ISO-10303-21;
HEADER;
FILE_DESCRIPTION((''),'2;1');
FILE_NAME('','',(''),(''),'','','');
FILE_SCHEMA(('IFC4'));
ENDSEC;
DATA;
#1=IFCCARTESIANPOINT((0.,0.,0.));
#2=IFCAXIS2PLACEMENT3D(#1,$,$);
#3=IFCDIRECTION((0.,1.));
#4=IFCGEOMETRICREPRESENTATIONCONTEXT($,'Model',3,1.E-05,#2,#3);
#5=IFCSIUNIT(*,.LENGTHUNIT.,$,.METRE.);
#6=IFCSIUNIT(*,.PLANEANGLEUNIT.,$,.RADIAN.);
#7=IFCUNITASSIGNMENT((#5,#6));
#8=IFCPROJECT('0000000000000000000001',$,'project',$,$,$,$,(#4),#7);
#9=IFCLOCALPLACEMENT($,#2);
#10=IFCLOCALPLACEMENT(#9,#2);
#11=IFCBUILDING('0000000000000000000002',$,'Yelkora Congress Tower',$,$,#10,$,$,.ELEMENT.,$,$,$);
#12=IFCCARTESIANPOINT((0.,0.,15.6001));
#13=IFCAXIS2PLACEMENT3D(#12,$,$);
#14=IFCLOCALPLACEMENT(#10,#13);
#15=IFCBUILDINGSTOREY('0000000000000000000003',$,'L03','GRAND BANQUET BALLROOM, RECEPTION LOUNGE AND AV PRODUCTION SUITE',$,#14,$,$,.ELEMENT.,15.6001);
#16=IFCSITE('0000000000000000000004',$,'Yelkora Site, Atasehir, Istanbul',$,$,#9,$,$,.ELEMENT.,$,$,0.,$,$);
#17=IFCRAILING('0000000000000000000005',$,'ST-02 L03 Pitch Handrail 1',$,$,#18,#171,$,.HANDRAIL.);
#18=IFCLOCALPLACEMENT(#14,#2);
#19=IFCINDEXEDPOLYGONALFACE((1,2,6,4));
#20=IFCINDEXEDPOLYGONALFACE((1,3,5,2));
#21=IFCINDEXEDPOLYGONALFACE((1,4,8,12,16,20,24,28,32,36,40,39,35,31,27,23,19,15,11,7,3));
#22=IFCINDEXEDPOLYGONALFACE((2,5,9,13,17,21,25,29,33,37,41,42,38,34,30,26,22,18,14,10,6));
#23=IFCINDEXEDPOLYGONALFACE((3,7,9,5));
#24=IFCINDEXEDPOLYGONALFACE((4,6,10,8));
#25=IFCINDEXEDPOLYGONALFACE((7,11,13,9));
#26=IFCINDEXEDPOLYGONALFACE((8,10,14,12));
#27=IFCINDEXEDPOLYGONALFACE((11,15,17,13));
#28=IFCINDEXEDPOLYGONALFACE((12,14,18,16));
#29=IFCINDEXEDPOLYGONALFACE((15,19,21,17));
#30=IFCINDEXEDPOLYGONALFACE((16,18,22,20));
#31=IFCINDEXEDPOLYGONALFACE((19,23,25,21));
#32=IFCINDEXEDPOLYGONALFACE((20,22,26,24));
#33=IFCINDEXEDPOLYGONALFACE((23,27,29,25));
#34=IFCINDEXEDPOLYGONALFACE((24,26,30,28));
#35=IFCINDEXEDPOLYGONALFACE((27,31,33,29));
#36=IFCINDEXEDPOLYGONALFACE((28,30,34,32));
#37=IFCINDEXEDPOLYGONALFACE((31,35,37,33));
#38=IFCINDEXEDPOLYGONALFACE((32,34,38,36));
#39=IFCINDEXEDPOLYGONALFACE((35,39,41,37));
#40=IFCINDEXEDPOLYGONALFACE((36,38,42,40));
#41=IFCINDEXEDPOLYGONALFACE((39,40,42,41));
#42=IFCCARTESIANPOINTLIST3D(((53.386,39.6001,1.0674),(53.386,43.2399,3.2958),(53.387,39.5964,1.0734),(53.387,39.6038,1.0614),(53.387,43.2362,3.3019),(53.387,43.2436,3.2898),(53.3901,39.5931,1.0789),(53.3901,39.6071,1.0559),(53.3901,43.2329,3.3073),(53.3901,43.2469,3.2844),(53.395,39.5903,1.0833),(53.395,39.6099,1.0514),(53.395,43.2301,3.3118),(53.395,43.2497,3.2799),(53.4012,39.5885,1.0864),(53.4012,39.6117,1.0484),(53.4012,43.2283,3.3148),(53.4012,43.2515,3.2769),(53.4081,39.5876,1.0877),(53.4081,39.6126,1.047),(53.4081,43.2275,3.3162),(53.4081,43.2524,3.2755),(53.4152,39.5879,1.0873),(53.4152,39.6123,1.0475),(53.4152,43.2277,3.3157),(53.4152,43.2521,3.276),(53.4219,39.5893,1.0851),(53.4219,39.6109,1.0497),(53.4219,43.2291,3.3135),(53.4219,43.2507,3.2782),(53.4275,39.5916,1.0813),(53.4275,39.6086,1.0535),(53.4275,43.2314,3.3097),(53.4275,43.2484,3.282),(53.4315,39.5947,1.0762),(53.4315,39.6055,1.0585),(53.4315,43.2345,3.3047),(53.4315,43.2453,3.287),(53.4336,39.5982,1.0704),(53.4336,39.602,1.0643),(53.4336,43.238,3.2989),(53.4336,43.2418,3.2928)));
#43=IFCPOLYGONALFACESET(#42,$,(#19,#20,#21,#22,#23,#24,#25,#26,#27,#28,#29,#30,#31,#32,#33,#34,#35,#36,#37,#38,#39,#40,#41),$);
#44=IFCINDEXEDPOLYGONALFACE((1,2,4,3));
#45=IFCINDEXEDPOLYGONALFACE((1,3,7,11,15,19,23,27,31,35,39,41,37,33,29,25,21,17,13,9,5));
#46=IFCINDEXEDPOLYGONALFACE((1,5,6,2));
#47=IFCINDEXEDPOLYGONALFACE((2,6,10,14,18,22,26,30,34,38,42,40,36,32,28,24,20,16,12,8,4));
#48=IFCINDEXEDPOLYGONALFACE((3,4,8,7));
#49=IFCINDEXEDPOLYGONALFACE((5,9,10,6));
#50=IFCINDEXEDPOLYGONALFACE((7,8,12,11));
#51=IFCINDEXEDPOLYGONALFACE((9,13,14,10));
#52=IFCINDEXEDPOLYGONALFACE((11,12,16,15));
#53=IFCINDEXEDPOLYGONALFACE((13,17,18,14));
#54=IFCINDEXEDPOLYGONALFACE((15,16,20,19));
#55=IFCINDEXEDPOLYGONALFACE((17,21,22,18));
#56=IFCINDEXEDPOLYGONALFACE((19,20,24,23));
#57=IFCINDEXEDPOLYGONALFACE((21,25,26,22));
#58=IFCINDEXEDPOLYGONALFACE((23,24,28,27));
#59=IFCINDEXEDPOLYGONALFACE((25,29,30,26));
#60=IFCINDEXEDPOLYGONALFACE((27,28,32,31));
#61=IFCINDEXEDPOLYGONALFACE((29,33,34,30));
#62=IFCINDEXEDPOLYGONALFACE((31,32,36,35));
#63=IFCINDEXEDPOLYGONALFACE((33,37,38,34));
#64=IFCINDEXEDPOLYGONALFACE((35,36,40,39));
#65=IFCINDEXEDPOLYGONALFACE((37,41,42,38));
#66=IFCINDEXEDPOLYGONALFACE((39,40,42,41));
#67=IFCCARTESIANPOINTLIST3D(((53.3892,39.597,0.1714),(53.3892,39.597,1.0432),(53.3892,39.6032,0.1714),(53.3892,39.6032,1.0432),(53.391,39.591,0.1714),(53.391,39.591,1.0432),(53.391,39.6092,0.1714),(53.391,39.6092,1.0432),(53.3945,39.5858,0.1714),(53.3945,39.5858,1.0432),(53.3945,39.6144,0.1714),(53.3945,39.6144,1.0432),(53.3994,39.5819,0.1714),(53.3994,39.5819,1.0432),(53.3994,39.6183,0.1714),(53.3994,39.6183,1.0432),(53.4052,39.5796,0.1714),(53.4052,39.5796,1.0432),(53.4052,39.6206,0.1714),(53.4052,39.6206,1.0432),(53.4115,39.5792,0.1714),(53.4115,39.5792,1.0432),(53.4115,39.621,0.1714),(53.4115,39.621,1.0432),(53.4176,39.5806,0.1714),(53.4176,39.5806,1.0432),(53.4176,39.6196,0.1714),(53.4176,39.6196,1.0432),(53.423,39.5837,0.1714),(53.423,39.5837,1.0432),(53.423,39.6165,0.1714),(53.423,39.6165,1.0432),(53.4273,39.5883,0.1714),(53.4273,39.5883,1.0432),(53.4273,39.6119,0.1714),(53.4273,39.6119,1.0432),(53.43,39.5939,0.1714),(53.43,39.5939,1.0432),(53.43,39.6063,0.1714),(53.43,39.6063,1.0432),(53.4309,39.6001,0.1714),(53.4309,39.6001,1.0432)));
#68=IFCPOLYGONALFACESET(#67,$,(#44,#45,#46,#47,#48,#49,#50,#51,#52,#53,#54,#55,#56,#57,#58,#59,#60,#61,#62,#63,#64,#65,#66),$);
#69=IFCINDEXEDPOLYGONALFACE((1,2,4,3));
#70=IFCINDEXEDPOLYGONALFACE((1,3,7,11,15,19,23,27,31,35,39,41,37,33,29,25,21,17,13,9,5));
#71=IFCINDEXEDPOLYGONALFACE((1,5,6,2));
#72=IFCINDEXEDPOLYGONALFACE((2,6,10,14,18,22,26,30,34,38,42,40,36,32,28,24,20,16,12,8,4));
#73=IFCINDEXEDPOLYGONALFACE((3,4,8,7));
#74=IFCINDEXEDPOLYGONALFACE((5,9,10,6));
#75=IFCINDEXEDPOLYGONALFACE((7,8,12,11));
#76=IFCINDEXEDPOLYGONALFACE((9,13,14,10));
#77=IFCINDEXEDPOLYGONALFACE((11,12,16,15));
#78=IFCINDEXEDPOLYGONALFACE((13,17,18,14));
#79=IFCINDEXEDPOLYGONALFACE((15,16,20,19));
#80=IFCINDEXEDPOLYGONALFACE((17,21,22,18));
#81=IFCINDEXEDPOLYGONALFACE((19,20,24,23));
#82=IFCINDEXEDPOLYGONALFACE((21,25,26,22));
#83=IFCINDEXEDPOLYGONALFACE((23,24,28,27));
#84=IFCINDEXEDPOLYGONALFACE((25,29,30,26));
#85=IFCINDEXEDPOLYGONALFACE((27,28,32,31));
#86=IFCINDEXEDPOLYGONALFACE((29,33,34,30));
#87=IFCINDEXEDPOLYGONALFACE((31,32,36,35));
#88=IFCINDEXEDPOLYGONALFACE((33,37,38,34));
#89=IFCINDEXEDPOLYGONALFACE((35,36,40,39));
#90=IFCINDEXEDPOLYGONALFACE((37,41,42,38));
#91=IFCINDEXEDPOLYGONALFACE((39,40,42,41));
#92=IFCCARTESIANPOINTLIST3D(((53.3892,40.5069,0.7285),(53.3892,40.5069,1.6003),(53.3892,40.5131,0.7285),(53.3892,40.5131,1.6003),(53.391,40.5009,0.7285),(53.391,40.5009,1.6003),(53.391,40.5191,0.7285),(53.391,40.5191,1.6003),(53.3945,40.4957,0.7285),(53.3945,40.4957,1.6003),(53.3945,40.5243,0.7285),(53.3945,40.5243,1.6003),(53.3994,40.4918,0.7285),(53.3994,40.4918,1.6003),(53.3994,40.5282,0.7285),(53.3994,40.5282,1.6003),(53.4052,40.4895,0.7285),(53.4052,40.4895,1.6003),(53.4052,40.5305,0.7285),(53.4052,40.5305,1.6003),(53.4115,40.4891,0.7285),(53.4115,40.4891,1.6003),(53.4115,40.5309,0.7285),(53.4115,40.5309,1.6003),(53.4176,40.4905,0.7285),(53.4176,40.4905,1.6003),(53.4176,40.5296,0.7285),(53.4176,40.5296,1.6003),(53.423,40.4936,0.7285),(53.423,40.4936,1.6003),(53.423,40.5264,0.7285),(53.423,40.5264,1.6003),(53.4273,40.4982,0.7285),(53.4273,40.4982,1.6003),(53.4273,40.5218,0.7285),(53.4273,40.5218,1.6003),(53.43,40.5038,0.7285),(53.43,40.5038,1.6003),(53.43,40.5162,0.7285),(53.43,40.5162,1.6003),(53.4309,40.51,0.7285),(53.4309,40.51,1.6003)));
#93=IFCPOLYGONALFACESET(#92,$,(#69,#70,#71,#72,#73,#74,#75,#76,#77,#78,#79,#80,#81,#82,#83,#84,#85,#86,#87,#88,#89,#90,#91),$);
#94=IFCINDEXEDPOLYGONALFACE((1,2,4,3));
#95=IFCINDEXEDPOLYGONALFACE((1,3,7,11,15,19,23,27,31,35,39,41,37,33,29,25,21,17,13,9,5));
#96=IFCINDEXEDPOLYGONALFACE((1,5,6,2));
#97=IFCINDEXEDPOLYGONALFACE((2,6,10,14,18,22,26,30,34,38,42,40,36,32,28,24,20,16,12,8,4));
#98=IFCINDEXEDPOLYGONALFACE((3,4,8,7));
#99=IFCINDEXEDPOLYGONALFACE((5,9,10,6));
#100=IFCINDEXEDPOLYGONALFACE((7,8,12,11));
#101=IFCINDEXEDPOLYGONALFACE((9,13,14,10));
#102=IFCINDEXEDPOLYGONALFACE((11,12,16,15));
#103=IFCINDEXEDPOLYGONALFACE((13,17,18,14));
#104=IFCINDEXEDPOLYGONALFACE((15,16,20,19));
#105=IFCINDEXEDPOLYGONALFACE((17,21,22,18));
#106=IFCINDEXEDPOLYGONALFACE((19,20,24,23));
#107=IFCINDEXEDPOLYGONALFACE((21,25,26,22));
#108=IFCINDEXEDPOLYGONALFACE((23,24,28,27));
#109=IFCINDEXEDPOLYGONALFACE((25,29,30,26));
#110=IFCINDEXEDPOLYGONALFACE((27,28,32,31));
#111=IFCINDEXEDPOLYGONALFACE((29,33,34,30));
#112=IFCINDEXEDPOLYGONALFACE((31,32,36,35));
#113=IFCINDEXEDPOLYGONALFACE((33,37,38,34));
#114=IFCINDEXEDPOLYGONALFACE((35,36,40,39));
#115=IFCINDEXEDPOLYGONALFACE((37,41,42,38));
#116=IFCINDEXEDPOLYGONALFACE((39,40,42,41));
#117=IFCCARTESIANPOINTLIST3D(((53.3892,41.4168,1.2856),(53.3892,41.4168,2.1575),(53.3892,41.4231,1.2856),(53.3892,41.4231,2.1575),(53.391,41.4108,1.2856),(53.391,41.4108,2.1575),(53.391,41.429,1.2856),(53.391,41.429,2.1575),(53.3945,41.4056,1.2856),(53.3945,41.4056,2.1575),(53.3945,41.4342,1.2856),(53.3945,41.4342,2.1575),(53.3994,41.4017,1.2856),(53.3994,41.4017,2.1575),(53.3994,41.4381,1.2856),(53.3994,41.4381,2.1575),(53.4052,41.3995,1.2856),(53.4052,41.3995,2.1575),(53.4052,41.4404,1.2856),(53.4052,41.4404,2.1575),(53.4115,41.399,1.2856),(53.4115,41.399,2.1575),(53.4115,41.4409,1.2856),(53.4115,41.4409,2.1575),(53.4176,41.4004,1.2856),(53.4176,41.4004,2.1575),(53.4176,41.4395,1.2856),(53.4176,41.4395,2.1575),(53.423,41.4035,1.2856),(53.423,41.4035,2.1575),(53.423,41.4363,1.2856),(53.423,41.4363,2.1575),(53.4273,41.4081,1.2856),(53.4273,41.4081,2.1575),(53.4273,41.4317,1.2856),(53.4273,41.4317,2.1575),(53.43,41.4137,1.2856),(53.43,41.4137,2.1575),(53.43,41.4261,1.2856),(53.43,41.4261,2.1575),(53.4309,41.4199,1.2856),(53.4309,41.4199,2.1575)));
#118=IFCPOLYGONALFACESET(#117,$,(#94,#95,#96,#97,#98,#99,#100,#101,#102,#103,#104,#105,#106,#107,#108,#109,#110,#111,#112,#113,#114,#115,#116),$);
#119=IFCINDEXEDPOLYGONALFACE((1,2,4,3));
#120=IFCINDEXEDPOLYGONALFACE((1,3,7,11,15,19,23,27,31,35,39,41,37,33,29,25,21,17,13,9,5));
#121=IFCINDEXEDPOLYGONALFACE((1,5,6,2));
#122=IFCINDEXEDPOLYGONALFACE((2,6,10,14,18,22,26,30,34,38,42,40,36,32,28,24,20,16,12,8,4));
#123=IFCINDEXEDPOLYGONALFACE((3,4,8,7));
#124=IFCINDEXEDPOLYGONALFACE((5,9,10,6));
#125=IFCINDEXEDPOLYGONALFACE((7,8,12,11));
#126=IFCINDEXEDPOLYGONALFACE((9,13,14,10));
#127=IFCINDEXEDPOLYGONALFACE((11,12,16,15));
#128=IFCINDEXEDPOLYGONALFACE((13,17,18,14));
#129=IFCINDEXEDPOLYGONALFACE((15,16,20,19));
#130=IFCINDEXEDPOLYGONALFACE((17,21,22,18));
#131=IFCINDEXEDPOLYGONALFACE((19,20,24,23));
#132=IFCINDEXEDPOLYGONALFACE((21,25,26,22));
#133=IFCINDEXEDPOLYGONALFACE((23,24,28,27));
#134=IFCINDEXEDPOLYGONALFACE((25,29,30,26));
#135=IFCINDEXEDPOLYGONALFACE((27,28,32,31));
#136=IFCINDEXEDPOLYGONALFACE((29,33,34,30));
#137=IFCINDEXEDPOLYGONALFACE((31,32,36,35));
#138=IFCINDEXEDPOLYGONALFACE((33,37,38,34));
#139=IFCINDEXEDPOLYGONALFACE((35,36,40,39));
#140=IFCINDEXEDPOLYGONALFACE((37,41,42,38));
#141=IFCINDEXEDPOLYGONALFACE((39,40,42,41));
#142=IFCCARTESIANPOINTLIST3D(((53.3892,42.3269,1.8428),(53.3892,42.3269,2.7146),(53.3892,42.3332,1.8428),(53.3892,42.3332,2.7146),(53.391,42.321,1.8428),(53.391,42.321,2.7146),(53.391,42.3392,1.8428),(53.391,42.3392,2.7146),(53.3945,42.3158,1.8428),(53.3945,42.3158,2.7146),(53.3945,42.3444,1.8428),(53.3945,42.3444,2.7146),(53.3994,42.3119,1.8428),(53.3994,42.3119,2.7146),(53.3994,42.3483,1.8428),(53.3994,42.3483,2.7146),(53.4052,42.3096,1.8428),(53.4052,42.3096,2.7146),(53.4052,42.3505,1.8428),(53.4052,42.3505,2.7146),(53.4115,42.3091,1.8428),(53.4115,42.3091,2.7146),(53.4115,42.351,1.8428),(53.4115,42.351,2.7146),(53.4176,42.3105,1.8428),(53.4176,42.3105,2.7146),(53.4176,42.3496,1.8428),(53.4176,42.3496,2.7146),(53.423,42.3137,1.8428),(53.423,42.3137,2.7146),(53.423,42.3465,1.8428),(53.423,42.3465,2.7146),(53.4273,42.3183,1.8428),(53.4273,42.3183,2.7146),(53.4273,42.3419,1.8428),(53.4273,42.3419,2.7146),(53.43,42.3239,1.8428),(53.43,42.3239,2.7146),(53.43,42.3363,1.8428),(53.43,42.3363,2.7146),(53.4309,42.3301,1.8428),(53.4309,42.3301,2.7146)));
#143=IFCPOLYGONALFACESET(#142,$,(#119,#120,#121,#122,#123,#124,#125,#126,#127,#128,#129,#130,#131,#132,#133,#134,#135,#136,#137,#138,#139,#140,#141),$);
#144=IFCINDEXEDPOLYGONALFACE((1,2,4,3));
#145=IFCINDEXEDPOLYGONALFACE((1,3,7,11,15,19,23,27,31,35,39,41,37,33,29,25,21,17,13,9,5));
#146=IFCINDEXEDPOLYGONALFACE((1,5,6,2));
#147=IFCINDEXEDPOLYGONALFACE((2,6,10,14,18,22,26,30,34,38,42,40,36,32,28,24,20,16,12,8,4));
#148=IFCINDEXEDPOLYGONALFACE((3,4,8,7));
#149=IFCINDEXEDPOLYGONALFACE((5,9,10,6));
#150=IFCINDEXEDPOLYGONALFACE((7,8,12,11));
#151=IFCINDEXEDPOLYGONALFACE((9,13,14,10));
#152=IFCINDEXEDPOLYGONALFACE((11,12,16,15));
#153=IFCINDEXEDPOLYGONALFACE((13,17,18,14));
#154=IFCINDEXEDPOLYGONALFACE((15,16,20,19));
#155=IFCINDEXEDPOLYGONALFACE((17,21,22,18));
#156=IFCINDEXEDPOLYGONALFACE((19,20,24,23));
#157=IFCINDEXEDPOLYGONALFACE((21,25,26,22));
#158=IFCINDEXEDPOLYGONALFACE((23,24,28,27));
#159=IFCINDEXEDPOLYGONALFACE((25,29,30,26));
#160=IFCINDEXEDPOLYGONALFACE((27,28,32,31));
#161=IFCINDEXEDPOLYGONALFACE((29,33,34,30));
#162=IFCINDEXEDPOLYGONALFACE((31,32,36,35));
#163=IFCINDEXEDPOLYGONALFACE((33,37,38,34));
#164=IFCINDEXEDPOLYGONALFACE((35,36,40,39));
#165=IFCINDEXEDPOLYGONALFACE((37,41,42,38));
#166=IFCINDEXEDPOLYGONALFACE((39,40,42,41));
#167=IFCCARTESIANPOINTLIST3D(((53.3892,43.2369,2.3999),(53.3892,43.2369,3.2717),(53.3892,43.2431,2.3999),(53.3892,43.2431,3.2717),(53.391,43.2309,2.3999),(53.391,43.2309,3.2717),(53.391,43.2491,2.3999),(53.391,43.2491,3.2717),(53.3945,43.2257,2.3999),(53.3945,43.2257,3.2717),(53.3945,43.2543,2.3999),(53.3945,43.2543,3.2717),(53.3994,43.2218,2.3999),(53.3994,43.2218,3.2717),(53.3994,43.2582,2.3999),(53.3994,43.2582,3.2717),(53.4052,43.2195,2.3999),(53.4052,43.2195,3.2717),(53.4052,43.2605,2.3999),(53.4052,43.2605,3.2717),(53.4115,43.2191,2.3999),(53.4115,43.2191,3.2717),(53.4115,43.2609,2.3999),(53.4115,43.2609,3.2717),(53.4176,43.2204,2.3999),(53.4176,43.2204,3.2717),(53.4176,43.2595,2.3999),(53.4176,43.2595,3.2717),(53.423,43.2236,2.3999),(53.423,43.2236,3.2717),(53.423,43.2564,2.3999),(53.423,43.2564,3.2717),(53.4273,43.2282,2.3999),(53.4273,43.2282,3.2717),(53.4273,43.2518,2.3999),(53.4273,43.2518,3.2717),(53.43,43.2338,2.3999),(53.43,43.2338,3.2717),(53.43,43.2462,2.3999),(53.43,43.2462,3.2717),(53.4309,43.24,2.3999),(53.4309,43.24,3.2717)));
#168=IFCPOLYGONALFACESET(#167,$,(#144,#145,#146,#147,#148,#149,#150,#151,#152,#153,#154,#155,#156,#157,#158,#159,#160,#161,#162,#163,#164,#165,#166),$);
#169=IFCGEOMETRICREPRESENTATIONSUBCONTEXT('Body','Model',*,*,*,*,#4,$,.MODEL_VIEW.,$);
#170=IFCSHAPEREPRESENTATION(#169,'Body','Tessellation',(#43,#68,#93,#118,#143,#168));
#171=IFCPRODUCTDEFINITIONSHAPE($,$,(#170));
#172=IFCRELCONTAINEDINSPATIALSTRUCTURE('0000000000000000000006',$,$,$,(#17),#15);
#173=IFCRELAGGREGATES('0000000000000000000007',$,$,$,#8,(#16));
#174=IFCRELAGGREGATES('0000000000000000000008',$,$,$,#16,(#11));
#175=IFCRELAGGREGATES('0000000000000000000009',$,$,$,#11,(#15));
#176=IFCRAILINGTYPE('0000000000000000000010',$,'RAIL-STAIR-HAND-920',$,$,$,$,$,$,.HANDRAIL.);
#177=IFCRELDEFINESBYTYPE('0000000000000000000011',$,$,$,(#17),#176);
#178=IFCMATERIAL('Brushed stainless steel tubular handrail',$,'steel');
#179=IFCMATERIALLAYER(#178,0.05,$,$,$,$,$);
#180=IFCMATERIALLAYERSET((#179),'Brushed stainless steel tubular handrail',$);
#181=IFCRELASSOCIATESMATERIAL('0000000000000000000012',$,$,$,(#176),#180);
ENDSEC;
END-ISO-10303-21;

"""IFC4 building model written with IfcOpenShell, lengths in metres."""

from ifc_helpers import new_model, si_unit, direction, frame, origin, origin_2d, place, context, subcontext, project, spatial, circle, extrude, material, layer, layer_set, type_object, element, save


model = new_model("IFC4")

# Units and contexts
model_context = context("Model", 3, precision=1e-05, world=origin(), true_north=direction((0.0, 1.0)))
body_context = subcontext(model_context, "Body", "Model", "MODEL_VIEW")
ifc_project = project(units=[si_unit("LENGTHUNIT", "METRE"), si_unit("PLANEANGLEUNIT", "RADIAN")], contexts=[model_context])

# Site, building, storey
site_placement = place(None, origin())
site = spatial("IfcSite", under=ifc_project, at=site_placement, Name="Yelkora Site, Atasehir, Istanbul", CompositionType="ELEMENT", RefElevation=0.0)
building_placement = place(site_placement, origin())
building = spatial("IfcBuilding", under=site, at=building_placement, Name="Yelkora Congress Tower", CompositionType="ELEMENT")
storey_placement = place(building_placement, frame((0.0, 0.0, 15.6001)))
storey = spatial("IfcBuildingStorey", under=building, at=storey_placement, Name="L03", Description="GRAND BANQUET BALLROOM, RECEPTION LOUNGE AND AV PRODUCTION SUITE", CompositionType="ELEMENT", Elevation=15.6001)

# Railing
ifc_material_1 = material(Name="Brushed stainless steel tubular handrail", Category="steel")
ifc_layer_1 = layer(ifc_material_1, 0.05)
ifc_layer_set_1 = layer_set([ifc_layer_1], Name="Brushed stainless steel tubular handrail")
railing_type_1 = type_object("IfcRailingType", Name="RAIL-STAIR-HAND-920", PredefinedType="HANDRAIL", material=ifc_layer_set_1)
railing_1_placement = place(storey_placement, frame((53.4099, 39.6001, 0.1714)))
element("IfcRailing", 1, at=railing_1_placement, inside=storey, type_object=railing_type_1, Name="ST-02 L03 Pitch Handrail 1", PredefinedType="HANDRAIL", context=body_context, shape_type="SweptSolid", body=[
    extrude(circle(Radius=0.0239, at=origin_2d()), frame((0.0, 0.0, 0.896), z_axis=(0.0, 0.85285, 0.522156), x_axis=(-1.0, 0.0, 0.0)), (0.0, 0.0, 1.0), 4.2678),
    extrude(circle(Radius=0.021, at=origin_2d()), origin(), (0.0, 0.0, 1.0), 0.8718),
    extrude(circle(Radius=0.021, at=origin_2d()), frame((0.0, 0.9099, 0.5571)), (0.0, 0.0, 1.0), 0.8718),
    extrude(circle(Radius=0.021, at=origin_2d()), frame((0.0, 1.8198, 1.1143)), (0.0, 0.0, 1.0), 0.8718),
    extrude(circle(Radius=0.021, at=origin_2d()), frame((0.0, 2.73, 1.6714)), (0.0, 0.0, 1.0), 0.8718),
    extrude(circle(Radius=0.021, at=origin_2d()), frame((0.0, 3.6399, 2.2285)), (0.0, 0.0, 1.0), 0.8718),
])

save(model, "model.ifc")
